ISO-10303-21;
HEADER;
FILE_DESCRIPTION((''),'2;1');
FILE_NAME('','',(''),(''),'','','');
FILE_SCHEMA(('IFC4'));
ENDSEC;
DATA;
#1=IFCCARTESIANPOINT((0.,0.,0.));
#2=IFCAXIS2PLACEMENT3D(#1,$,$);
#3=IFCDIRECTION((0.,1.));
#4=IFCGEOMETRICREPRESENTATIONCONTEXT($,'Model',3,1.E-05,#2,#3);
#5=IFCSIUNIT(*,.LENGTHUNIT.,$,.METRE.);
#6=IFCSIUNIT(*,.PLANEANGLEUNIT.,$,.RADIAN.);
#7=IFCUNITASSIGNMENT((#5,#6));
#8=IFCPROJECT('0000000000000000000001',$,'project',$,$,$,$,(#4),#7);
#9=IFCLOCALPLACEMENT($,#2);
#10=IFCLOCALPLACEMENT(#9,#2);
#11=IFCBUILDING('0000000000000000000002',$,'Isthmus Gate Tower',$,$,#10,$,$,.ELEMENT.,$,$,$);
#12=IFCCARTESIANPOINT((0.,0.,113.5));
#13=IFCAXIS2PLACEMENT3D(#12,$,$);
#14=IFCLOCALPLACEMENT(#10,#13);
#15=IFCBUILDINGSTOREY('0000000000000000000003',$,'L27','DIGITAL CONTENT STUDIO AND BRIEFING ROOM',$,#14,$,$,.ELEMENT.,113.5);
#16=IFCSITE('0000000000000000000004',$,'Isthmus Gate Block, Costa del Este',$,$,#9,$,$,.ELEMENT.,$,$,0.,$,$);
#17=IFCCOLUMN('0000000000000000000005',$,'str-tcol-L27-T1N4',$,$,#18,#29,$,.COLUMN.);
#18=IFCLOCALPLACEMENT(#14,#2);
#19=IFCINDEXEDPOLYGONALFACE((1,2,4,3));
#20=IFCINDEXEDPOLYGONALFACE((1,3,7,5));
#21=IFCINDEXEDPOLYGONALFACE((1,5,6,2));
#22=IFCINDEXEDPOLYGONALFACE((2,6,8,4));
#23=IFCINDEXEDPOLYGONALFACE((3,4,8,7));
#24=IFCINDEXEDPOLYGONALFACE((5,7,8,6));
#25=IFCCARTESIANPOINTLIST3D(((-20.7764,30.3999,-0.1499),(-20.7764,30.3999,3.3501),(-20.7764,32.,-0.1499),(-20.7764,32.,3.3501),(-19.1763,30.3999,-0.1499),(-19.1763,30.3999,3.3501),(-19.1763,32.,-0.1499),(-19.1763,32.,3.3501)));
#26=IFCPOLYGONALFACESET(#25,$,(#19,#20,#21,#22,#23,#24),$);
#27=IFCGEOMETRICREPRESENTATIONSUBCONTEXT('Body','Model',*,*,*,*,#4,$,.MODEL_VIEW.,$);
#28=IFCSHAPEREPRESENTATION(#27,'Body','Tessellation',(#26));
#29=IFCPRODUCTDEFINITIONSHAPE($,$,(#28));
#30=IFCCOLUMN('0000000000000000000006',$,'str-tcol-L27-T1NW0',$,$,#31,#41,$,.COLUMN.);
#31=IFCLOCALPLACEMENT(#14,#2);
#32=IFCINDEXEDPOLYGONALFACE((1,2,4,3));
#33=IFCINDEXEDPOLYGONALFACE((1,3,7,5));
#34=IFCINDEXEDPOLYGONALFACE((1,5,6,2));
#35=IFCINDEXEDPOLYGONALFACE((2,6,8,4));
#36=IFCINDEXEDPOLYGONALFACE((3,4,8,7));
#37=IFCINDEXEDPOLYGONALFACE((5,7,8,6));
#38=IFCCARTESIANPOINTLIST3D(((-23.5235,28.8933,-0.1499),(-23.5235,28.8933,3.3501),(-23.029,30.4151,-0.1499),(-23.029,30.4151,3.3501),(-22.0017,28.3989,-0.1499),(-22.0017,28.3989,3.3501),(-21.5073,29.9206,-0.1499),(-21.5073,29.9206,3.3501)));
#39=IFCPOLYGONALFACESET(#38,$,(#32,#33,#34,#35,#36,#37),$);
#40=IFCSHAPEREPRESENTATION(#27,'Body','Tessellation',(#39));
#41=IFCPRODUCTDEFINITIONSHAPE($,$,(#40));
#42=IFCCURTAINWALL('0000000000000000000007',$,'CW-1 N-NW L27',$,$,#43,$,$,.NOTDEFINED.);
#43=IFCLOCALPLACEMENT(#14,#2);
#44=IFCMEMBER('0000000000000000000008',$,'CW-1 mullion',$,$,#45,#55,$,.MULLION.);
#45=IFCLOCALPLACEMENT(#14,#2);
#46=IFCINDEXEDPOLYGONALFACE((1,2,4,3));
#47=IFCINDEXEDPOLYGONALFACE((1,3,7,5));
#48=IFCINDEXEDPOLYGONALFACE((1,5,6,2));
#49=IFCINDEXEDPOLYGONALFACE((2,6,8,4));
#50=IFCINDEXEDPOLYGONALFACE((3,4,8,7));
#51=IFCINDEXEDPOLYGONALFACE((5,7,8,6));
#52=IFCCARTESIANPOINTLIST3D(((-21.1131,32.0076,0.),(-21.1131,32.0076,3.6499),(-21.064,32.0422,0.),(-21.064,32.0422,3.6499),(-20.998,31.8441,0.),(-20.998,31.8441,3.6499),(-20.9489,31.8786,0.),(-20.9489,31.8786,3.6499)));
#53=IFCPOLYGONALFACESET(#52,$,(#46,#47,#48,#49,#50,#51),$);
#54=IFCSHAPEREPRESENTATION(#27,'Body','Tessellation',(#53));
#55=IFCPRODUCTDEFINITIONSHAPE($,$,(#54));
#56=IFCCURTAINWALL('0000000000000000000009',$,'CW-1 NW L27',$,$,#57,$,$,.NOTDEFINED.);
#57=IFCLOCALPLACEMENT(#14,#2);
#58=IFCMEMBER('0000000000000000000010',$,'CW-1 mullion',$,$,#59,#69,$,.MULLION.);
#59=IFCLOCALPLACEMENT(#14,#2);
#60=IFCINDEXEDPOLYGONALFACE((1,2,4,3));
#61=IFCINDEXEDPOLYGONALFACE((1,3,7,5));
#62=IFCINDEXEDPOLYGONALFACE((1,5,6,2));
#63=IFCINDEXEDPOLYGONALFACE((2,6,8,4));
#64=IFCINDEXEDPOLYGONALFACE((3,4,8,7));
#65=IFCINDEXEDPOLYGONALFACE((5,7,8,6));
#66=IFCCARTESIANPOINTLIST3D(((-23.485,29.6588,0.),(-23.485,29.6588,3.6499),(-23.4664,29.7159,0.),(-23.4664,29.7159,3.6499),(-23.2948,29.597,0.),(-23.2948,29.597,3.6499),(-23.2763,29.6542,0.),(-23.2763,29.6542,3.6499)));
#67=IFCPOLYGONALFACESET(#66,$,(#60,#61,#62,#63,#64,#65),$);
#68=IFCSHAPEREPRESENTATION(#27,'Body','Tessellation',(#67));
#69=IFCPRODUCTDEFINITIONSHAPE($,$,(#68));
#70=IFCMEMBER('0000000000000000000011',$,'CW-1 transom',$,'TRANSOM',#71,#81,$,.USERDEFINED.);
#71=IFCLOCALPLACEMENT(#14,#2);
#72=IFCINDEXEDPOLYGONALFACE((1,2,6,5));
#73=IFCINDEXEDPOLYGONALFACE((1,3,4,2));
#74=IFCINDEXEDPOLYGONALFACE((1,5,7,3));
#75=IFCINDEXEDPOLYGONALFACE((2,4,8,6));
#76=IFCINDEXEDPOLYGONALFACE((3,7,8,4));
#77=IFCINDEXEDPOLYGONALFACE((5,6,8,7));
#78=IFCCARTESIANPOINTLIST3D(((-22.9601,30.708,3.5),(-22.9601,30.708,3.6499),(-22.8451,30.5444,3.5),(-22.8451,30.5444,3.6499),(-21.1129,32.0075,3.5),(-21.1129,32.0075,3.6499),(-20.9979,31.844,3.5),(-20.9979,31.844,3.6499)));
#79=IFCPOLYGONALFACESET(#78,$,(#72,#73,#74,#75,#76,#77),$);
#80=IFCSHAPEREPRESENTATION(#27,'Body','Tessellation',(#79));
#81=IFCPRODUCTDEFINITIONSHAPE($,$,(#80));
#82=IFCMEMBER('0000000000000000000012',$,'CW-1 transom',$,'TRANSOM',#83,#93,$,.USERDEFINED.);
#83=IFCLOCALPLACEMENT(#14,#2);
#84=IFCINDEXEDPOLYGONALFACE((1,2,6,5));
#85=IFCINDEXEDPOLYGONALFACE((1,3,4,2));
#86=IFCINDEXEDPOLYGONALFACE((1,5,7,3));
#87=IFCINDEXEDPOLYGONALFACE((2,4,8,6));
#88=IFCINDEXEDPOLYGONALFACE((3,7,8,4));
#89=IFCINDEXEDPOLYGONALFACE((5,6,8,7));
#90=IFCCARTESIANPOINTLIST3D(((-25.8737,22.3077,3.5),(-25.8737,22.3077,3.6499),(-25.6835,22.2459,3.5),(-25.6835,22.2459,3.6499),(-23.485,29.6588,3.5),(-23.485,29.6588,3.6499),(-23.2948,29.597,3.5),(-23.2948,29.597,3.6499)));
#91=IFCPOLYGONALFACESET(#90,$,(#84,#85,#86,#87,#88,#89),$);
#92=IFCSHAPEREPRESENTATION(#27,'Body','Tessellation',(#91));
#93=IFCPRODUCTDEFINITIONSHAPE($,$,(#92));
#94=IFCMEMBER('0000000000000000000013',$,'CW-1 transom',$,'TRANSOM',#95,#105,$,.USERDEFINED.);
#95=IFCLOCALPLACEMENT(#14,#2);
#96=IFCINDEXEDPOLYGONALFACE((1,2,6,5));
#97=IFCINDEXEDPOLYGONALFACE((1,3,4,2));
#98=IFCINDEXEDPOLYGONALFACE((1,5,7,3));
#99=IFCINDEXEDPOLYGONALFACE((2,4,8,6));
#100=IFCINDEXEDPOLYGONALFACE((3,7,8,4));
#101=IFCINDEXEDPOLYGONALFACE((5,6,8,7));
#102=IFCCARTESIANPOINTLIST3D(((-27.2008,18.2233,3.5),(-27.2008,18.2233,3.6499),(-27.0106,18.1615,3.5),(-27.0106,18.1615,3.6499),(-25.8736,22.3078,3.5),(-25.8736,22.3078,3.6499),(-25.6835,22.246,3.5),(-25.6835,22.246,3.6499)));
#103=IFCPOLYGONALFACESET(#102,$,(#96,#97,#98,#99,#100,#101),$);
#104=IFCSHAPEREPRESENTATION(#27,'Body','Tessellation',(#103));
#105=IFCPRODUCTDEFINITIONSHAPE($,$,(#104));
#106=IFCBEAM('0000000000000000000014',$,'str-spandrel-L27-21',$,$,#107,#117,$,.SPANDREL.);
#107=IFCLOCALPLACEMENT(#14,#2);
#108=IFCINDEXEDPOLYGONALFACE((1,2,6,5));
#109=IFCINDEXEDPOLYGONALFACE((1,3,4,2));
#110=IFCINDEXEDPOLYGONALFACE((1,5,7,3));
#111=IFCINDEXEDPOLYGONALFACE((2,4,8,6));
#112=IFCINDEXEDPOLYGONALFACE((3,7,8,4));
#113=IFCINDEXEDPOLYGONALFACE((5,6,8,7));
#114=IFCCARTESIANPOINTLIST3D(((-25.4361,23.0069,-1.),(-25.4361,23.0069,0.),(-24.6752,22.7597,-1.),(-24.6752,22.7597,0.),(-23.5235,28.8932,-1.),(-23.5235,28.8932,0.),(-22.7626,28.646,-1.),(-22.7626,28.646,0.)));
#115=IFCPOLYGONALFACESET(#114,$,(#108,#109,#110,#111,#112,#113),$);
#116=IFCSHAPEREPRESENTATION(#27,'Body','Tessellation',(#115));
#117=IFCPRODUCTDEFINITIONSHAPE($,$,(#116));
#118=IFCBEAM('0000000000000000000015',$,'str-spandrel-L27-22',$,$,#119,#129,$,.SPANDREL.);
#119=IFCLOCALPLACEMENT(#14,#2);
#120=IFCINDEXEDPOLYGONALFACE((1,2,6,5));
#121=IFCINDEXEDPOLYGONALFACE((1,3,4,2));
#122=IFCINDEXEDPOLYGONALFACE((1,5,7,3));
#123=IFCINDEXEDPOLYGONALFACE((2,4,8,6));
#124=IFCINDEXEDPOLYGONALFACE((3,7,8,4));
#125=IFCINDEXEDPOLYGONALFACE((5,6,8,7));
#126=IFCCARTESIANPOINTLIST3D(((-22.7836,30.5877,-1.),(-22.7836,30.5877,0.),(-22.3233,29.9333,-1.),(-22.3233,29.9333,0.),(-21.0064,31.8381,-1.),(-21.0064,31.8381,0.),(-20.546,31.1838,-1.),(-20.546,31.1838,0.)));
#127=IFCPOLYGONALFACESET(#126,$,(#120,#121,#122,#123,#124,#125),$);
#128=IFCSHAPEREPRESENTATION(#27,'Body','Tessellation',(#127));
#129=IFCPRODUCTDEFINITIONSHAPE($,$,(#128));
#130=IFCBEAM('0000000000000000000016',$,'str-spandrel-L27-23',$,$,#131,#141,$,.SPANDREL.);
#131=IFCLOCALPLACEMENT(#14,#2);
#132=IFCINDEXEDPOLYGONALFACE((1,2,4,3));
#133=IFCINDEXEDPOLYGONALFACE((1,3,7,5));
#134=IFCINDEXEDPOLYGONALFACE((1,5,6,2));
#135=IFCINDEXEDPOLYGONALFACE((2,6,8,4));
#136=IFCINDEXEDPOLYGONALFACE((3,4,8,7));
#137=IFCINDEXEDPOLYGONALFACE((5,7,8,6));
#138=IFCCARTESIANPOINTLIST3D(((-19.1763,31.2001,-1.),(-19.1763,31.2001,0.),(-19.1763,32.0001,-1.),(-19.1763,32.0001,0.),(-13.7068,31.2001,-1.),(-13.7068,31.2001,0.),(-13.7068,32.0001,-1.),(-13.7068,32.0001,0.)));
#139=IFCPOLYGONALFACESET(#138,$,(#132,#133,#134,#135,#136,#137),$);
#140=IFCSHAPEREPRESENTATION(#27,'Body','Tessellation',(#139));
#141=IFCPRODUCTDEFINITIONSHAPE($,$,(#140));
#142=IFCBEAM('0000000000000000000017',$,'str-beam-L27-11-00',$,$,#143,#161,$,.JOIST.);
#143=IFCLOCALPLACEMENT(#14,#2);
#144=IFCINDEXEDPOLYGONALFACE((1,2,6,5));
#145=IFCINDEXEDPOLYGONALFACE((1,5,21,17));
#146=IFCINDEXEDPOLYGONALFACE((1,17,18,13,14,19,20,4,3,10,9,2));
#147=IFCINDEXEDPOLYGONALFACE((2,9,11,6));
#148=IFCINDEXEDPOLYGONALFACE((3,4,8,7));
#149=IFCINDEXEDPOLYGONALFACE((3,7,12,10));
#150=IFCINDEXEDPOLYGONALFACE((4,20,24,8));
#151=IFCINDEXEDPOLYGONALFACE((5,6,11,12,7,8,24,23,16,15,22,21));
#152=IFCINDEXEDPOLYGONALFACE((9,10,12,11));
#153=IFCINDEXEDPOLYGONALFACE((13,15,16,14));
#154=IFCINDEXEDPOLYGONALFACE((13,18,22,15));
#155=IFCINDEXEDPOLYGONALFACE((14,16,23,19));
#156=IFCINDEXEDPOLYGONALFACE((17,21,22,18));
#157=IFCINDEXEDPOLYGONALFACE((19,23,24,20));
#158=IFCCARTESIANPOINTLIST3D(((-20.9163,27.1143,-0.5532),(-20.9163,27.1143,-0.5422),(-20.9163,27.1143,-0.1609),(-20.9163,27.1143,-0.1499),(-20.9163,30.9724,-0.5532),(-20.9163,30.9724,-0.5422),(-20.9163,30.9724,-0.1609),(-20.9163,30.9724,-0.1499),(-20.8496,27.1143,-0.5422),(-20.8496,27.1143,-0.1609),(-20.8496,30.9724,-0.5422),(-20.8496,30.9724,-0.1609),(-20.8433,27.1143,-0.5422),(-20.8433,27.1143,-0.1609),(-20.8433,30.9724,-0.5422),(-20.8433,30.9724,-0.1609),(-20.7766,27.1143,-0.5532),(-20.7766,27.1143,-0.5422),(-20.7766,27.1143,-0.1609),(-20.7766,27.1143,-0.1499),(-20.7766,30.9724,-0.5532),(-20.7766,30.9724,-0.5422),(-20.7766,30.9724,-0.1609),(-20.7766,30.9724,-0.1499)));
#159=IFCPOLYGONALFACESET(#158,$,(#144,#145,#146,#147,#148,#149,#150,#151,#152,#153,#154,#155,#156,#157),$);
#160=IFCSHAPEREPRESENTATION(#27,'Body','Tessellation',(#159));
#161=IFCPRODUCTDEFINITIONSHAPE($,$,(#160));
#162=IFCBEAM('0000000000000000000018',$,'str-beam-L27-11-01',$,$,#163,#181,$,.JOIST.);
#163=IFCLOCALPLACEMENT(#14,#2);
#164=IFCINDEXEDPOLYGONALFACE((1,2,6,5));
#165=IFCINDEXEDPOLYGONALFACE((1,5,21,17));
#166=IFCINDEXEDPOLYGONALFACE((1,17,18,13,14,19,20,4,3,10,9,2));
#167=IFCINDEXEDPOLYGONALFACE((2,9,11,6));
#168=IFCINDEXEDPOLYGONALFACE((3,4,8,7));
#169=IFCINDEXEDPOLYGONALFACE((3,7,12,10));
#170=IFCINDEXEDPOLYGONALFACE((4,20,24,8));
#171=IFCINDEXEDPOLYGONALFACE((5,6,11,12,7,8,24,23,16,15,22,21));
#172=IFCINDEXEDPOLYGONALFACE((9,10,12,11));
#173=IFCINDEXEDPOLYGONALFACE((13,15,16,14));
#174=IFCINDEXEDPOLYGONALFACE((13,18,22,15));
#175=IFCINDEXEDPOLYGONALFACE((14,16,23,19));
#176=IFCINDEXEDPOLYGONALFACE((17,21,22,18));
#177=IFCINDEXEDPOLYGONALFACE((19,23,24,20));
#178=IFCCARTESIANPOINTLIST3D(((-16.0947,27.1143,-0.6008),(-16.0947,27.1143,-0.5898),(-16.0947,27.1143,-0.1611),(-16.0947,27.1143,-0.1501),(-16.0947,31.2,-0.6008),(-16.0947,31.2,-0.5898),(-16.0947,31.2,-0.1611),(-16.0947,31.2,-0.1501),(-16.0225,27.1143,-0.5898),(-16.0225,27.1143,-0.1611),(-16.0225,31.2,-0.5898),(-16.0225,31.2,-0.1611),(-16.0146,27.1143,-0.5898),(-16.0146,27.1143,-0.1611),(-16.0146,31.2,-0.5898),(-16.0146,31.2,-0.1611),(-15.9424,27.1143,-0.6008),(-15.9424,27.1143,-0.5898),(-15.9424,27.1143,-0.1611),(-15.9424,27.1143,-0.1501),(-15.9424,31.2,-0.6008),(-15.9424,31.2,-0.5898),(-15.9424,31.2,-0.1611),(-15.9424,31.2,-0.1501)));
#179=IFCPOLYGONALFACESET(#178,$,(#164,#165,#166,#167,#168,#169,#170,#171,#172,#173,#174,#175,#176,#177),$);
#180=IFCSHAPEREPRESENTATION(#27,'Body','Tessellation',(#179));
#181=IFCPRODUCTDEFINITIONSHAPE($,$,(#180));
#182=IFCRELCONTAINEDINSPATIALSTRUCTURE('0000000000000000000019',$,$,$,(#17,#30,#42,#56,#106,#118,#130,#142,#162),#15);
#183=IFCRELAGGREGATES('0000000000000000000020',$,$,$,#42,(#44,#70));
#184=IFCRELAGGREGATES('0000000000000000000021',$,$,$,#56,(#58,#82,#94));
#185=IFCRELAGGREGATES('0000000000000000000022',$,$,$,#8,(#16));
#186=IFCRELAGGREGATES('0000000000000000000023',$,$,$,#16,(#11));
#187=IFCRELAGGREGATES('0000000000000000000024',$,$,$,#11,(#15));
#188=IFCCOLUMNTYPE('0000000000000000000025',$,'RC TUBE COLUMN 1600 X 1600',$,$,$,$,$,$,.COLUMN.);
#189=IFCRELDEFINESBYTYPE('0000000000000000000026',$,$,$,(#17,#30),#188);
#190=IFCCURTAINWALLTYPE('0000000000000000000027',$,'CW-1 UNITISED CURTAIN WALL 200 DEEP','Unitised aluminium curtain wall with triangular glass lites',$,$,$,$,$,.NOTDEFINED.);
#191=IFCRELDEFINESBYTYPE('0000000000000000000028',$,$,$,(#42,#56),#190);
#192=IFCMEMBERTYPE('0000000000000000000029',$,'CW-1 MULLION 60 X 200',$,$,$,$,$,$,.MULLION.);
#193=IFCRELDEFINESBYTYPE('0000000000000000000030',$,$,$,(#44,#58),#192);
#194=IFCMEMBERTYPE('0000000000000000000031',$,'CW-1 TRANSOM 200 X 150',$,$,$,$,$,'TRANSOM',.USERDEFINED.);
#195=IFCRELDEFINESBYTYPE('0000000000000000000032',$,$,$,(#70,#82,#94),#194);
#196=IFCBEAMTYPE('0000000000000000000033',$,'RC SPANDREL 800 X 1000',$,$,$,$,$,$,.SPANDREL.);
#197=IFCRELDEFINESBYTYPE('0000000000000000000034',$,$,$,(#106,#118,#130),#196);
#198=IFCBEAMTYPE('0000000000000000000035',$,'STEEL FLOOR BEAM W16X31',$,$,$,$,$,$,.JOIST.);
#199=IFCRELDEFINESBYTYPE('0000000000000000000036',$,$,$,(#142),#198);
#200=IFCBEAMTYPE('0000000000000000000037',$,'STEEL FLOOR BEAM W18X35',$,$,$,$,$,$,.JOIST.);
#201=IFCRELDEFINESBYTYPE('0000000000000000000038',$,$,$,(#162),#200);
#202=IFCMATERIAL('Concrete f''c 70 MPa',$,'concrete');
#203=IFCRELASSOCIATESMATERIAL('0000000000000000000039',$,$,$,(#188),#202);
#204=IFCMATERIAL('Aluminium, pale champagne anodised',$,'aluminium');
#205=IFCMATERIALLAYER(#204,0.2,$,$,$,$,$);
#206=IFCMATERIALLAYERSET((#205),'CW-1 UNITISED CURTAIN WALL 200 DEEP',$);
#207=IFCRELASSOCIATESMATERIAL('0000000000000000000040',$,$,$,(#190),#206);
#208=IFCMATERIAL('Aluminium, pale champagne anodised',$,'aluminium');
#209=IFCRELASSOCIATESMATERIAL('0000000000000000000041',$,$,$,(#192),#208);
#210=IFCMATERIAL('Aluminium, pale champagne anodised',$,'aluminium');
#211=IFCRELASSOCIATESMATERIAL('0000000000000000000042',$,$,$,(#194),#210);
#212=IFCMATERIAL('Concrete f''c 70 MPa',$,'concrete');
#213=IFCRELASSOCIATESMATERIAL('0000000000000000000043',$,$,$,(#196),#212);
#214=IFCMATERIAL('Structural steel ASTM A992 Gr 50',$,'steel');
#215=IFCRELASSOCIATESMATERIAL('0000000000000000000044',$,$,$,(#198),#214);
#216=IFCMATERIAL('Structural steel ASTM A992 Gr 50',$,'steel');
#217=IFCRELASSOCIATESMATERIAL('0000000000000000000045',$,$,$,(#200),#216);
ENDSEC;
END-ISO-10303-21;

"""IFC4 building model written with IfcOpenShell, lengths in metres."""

from ifc_helpers import new_model, si_unit, direction, frame, origin, origin_2d, place, context, subcontext, project, spatial, rectangle, i_section, extrude, material, layer, layer_set, material_profile, profile_set, type_object, element, aggregate, save


model = new_model("IFC4")

# Units and contexts
model_context = context("Model", 3, precision=1e-05, world=origin(), true_north=direction((0.0, 1.0)))
body_context = subcontext(model_context, "Body", "Model", "MODEL_VIEW")
ifc_project = project(units=[si_unit("LENGTHUNIT", "METRE"), si_unit("PLANEANGLEUNIT", "RADIAN")], contexts=[model_context])

# Site, building, storey
site_placement = place(None, origin())
site = spatial("IfcSite", under=ifc_project, at=site_placement, Name="Isthmus Gate Block, Costa del Este", CompositionType="ELEMENT", RefElevation=0.0)
building_placement = place(site_placement, origin())
building = spatial("IfcBuilding", under=site, at=building_placement, Name="Isthmus Gate Tower", CompositionType="ELEMENT")
storey_placement = place(building_placement, frame((0.0, 0.0, 113.5)))
storey = spatial("IfcBuildingStorey", under=building, at=storey_placement, Name="L27", Description="DIGITAL CONTENT STUDIO AND BRIEFING ROOM", CompositionType="ELEMENT", Elevation=113.5)

# Columns
ifc_material_1 = material(Name="Concrete f'c 70 MPa", Category="concrete")
ifc_material_profile_1 = material_profile(ifc_material_1, rectangle(XDim=1.6001, YDim=1.6001, at=origin_2d()), Name="RC 1600X1600")
ifc_profile_set_1 = profile_set([ifc_material_profile_1], Name="Concrete f'c 70 MPa")
column_type = type_object("IfcColumnType", Name="RC TUBE COLUMN 1600 X 1600", PredefinedType="COLUMN", material=ifc_profile_set_1)
for number, where, z_axis, x_axis, name in (
    (1, (-19.9763, 31.2, -0.1499), (0.0, 0.0, 1.0), (-1.0, 0.0, 0.0), "str-tcol-L27-T1N4"),
    (2, (-22.5154, 29.407, -0.1499), (0.0, 0.0, 1.0), (-0.309017, -0.951057, 0.0), "str-tcol-L27-T1NW0"),
):
    element("IfcColumn", number, at=place(storey_placement, frame(where, z_axis=z_axis, x_axis=x_axis)), inside=storey, type_object=column_type, Name=name, PredefinedType="COLUMN", context=body_context, shape_type="SweptSolid", body=[
        extrude(rectangle(XDim=1.6001, YDim=1.6001, at=origin_2d()), origin(), (0.0, 0.0, 1.0), 3.5),
    ])

# Curtain walls, members
ifc_material_2 = material(Name="Aluminium, pale champagne anodised", Category="aluminium")
ifc_layer_1 = layer(ifc_material_2, 0.2)
ifc_layer_set_1 = layer_set([ifc_layer_1], Name="CW-1 UNITISED CURTAIN WALL 200 DEEP")
curtain_wall_type = type_object("IfcCurtainWallType", Name="CW-1 UNITISED CURTAIN WALL 200 DEEP", Description="Unitised aluminium curtain wall with triangular glass lites", PredefinedType="NOTDEFINED", material=ifc_layer_set_1)
curtain_wall_1_placement = place(storey_placement, origin())
curtain_wall_1 = element("IfcCurtainWall", 3, at=curtain_wall_1_placement, inside=storey, type_object=curtain_wall_type, Name="CW-1 N-NW L27", PredefinedType="NOTDEFINED")
ifc_material_3 = material(Name="Aluminium, pale champagne anodised", Category="aluminium")
ifc_material_profile_2 = material_profile(ifc_material_3, rectangle(XDim=0.0601, YDim=0.2, at=origin_2d()), Name="60x200")
ifc_profile_set_2 = profile_set([ifc_material_profile_2], Name="Aluminium, pale champagne anodised")
member_type_1 = type_object("IfcMemberType", Name="CW-1 MULLION 60 X 200", PredefinedType="MULLION", material=ifc_profile_set_2)
member_1_placement = place(storey_placement, frame((-21.031, 31.9431, 0.0), z_axis=(0.0, 0.0, 1.0), x_axis=(-0.81786, -0.575418, 0.0)))
member_1 = element("IfcMember", 4, at=member_1_placement, type_object=member_type_1, Name="CW-1 mullion", PredefinedType="MULLION", context=body_context, shape_type="SweptSolid", body=[
    extrude(rectangle(XDim=0.0601, YDim=0.2, at=origin_2d()), origin(), (0.0, 0.0, 1.0), 3.6499),
])
curtain_wall_2_placement = place(storey_placement, origin())
curtain_wall_2 = element("IfcCurtainWall", 5, at=curtain_wall_2_placement, inside=storey, type_object=curtain_wall_type, Name="CW-1 NW L27", PredefinedType="NOTDEFINED")
member_2_placement = place(storey_placement, frame((-23.3806, 29.6565, 0.0), z_axis=(0.0, 0.0, 1.0), x_axis=(-0.309017, -0.951057, 0.0)))
member_2 = element("IfcMember", 6, at=member_2_placement, type_object=member_type_1, Name="CW-1 mullion", PredefinedType="MULLION", context=body_context, shape_type="SweptSolid", body=[
    extrude(rectangle(XDim=0.0601, YDim=0.2, at=origin_2d()), origin(), (0.0, 0.0, 1.0), 3.6499),
])

# Members
ifc_material_4 = material(Name="Aluminium, pale champagne anodised", Category="aluminium")
ifc_material_profile_3 = material_profile(ifc_material_4, rectangle(XDim=0.2, YDim=0.1499, at=origin_2d()), Name="200x150")
ifc_profile_set_3 = profile_set([ifc_material_profile_3], Name="Aluminium, pale champagne anodised")
member_type_2 = type_object("IfcMemberType", Name="CW-1 TRANSOM 200 X 150", ElementType="TRANSOM", PredefinedType="USERDEFINED", material=ifc_profile_set_3)
member_3_placement = place(storey_placement, frame((-21.0554, 31.9258, 3.575), z_axis=(-0.817869, -0.575405, 0.0), x_axis=(0.575405, -0.817869, 0.0)))
member_3 = element("IfcMember", 7, at=member_3_placement, type_object=member_type_2, Name="CW-1 transom", ObjectType="TRANSOM", PredefinedType="USERDEFINED", context=body_context, shape_type="SweptSolid", body=[
    extrude(rectangle(XDim=0.2, YDim=0.1499, at=origin_2d()), origin(), (0.0, 0.0, 1.0), 2.2585),
])
member_4_placement = place(storey_placement, frame((-23.3899, 29.6279, 3.575), z_axis=(-0.309036, -0.95105, 0.0), x_axis=(0.95105, -0.309036, 0.0)))
member_4 = element("IfcMember", 8, at=member_4_placement, type_object=member_type_2, Name="CW-1 transom", ObjectType="TRANSOM", PredefinedType="USERDEFINED", context=body_context, shape_type="SweptSolid", body=[
    extrude(rectangle(XDim=0.2, YDim=0.1499, at=origin_2d()), origin(), (0.0, 0.0, 1.0), 7.7295),
])
member_5_placement = place(storey_placement, frame((-25.7786, 22.2769, 3.575), z_axis=(-0.309022, -0.951055, 0.0), x_axis=(0.951055, -0.309022, 0.0)))
member_5 = element("IfcMember", 9, at=member_5_placement, type_object=member_type_2, Name="CW-1 transom", ObjectType="TRANSOM", PredefinedType="USERDEFINED", context=body_context, shape_type="SweptSolid", body=[
    extrude(rectangle(XDim=0.2, YDim=0.1499, at=origin_2d()), origin(), (0.0, 0.0, 1.0), 4.2947),
])

# Beams
ifc_material_5 = material(Name="Concrete f'c 70 MPa", Category="concrete")
ifc_material_profile_4 = material_profile(ifc_material_5, rectangle(XDim=0.8, YDim=1.0, at=origin_2d()), Name="RC 800X1000")
ifc_profile_set_4 = profile_set([ifc_material_profile_4], Name="Concrete f'c 70 MPa")
beam_type_1 = type_object("IfcBeamType", Name="RC SPANDREL 800 X 1000", PredefinedType="SPANDREL", material=ifc_profile_set_4)
beam_1_placement = place(storey_placement, frame((-25.0557, 22.8833, -0.5), z_axis=(0.309024, 0.951054, 0.0), x_axis=(-0.951054, 0.309024, 0.0)))
element("IfcBeam", 10, at=beam_1_placement, inside=storey, type_object=beam_type_1, Name="str-spandrel-L27-21", PredefinedType="SPANDREL", context=body_context, shape_type="SweptSolid", body=[
    extrude(rectangle(XDim=0.8, YDim=1.0, at=origin_2d()), origin(), (0.0, 0.0, 1.0), 6.1892),
])
beam_2_placement = place(storey_placement, frame((-22.5535, 30.2605, -0.5), z_axis=(0.817857, 0.575421, 0.0), x_axis=(-0.575421, 0.817857, 0.0)))
element("IfcBeam", 11, at=beam_2_placement, inside=storey, type_object=beam_type_1, Name="str-spandrel-L27-22", PredefinedType="SPANDREL", context=body_context, shape_type="SweptSolid", body=[
    extrude(rectangle(XDim=0.8, YDim=1.0, at=origin_2d()), origin(), (0.0, 0.0, 1.0), 2.1731),
])
beam_3_placement = place(storey_placement, frame((-19.1763, 31.6001, -0.5), z_axis=(1.0, 0.0, 0.0), x_axis=(0.0, 1.0, 0.0)))
element("IfcBeam", 12, at=beam_3_placement, inside=storey, type_object=beam_type_1, Name="str-spandrel-L27-23", PredefinedType="SPANDREL", context=body_context, shape_type="SweptSolid", body=[
    extrude(rectangle(XDim=0.8, YDim=1.0, at=origin_2d()), origin(), (0.0, 0.0, 1.0), 5.4695),
])
ifc_material_6 = material(Name="Structural steel ASTM A992 Gr 50", Category="steel")
ifc_material_profile_5 = material_profile(ifc_material_6, i_section(OverallWidth=0.1396, OverallDepth=0.4033, WebThickness=0.0063, FlangeThickness=0.011, at=origin_2d()), Name="W16X31")
ifc_profile_set_5 = profile_set([ifc_material_profile_5], Name="Structural steel ASTM A992 Gr 50")
beam_type_2 = type_object("IfcBeamType", Name="STEEL FLOOR BEAM W16X31", PredefinedType="JOIST", material=ifc_profile_set_5)
beam_4_placement = place(storey_placement, frame((-20.8464, 27.1143, -0.3516), z_axis=(0.0, 1.0, 0.0), x_axis=(-1.0, 0.0, 0.0)))
element("IfcBeam", 13, at=beam_4_placement, inside=storey, type_object=beam_type_2, Name="str-beam-L27-11-00", PredefinedType="JOIST", context=body_context, shape_type="SweptSolid", body=[
    extrude(i_section(OverallWidth=0.1396, OverallDepth=0.4033, WebThickness=0.0063, FlangeThickness=0.011, at=origin_2d()), origin(), (0.0, 0.0, 1.0), 3.8582),
])
ifc_material_7 = material(Name="Structural steel ASTM A992 Gr 50", Category="steel")
ifc_material_profile_6 = material_profile(ifc_material_7, i_section(OverallWidth=0.1523, OverallDepth=0.4507, WebThickness=0.0078, FlangeThickness=0.011, at=origin_2d()), Name="W18X35")
ifc_profile_set_6 = profile_set([ifc_material_profile_6], Name="Structural steel ASTM A992 Gr 50")
beam_type_3 = type_object("IfcBeamType", Name="STEEL FLOOR BEAM W18X35", PredefinedType="JOIST", material=ifc_profile_set_6)
beam_5_placement = place(storey_placement, frame((-16.0186, 27.1143, -0.3755), z_axis=(0.0, 1.0, 0.0), x_axis=(-1.0, 0.0, 0.0)))
element("IfcBeam", 14, at=beam_5_placement, inside=storey, type_object=beam_type_3, Name="str-beam-L27-11-01", PredefinedType="JOIST", context=body_context, shape_type="SweptSolid", body=[
    extrude(i_section(OverallWidth=0.1523, OverallDepth=0.4507, WebThickness=0.0078, FlangeThickness=0.011, at=origin_2d()), origin(), (0.0, 0.0, 1.0), 4.0857),
])

aggregate(curtain_wall_1, [member_1, member_3])

aggregate(curtain_wall_2, [member_2, member_4, member_5])

save(model, "model.ifc")
